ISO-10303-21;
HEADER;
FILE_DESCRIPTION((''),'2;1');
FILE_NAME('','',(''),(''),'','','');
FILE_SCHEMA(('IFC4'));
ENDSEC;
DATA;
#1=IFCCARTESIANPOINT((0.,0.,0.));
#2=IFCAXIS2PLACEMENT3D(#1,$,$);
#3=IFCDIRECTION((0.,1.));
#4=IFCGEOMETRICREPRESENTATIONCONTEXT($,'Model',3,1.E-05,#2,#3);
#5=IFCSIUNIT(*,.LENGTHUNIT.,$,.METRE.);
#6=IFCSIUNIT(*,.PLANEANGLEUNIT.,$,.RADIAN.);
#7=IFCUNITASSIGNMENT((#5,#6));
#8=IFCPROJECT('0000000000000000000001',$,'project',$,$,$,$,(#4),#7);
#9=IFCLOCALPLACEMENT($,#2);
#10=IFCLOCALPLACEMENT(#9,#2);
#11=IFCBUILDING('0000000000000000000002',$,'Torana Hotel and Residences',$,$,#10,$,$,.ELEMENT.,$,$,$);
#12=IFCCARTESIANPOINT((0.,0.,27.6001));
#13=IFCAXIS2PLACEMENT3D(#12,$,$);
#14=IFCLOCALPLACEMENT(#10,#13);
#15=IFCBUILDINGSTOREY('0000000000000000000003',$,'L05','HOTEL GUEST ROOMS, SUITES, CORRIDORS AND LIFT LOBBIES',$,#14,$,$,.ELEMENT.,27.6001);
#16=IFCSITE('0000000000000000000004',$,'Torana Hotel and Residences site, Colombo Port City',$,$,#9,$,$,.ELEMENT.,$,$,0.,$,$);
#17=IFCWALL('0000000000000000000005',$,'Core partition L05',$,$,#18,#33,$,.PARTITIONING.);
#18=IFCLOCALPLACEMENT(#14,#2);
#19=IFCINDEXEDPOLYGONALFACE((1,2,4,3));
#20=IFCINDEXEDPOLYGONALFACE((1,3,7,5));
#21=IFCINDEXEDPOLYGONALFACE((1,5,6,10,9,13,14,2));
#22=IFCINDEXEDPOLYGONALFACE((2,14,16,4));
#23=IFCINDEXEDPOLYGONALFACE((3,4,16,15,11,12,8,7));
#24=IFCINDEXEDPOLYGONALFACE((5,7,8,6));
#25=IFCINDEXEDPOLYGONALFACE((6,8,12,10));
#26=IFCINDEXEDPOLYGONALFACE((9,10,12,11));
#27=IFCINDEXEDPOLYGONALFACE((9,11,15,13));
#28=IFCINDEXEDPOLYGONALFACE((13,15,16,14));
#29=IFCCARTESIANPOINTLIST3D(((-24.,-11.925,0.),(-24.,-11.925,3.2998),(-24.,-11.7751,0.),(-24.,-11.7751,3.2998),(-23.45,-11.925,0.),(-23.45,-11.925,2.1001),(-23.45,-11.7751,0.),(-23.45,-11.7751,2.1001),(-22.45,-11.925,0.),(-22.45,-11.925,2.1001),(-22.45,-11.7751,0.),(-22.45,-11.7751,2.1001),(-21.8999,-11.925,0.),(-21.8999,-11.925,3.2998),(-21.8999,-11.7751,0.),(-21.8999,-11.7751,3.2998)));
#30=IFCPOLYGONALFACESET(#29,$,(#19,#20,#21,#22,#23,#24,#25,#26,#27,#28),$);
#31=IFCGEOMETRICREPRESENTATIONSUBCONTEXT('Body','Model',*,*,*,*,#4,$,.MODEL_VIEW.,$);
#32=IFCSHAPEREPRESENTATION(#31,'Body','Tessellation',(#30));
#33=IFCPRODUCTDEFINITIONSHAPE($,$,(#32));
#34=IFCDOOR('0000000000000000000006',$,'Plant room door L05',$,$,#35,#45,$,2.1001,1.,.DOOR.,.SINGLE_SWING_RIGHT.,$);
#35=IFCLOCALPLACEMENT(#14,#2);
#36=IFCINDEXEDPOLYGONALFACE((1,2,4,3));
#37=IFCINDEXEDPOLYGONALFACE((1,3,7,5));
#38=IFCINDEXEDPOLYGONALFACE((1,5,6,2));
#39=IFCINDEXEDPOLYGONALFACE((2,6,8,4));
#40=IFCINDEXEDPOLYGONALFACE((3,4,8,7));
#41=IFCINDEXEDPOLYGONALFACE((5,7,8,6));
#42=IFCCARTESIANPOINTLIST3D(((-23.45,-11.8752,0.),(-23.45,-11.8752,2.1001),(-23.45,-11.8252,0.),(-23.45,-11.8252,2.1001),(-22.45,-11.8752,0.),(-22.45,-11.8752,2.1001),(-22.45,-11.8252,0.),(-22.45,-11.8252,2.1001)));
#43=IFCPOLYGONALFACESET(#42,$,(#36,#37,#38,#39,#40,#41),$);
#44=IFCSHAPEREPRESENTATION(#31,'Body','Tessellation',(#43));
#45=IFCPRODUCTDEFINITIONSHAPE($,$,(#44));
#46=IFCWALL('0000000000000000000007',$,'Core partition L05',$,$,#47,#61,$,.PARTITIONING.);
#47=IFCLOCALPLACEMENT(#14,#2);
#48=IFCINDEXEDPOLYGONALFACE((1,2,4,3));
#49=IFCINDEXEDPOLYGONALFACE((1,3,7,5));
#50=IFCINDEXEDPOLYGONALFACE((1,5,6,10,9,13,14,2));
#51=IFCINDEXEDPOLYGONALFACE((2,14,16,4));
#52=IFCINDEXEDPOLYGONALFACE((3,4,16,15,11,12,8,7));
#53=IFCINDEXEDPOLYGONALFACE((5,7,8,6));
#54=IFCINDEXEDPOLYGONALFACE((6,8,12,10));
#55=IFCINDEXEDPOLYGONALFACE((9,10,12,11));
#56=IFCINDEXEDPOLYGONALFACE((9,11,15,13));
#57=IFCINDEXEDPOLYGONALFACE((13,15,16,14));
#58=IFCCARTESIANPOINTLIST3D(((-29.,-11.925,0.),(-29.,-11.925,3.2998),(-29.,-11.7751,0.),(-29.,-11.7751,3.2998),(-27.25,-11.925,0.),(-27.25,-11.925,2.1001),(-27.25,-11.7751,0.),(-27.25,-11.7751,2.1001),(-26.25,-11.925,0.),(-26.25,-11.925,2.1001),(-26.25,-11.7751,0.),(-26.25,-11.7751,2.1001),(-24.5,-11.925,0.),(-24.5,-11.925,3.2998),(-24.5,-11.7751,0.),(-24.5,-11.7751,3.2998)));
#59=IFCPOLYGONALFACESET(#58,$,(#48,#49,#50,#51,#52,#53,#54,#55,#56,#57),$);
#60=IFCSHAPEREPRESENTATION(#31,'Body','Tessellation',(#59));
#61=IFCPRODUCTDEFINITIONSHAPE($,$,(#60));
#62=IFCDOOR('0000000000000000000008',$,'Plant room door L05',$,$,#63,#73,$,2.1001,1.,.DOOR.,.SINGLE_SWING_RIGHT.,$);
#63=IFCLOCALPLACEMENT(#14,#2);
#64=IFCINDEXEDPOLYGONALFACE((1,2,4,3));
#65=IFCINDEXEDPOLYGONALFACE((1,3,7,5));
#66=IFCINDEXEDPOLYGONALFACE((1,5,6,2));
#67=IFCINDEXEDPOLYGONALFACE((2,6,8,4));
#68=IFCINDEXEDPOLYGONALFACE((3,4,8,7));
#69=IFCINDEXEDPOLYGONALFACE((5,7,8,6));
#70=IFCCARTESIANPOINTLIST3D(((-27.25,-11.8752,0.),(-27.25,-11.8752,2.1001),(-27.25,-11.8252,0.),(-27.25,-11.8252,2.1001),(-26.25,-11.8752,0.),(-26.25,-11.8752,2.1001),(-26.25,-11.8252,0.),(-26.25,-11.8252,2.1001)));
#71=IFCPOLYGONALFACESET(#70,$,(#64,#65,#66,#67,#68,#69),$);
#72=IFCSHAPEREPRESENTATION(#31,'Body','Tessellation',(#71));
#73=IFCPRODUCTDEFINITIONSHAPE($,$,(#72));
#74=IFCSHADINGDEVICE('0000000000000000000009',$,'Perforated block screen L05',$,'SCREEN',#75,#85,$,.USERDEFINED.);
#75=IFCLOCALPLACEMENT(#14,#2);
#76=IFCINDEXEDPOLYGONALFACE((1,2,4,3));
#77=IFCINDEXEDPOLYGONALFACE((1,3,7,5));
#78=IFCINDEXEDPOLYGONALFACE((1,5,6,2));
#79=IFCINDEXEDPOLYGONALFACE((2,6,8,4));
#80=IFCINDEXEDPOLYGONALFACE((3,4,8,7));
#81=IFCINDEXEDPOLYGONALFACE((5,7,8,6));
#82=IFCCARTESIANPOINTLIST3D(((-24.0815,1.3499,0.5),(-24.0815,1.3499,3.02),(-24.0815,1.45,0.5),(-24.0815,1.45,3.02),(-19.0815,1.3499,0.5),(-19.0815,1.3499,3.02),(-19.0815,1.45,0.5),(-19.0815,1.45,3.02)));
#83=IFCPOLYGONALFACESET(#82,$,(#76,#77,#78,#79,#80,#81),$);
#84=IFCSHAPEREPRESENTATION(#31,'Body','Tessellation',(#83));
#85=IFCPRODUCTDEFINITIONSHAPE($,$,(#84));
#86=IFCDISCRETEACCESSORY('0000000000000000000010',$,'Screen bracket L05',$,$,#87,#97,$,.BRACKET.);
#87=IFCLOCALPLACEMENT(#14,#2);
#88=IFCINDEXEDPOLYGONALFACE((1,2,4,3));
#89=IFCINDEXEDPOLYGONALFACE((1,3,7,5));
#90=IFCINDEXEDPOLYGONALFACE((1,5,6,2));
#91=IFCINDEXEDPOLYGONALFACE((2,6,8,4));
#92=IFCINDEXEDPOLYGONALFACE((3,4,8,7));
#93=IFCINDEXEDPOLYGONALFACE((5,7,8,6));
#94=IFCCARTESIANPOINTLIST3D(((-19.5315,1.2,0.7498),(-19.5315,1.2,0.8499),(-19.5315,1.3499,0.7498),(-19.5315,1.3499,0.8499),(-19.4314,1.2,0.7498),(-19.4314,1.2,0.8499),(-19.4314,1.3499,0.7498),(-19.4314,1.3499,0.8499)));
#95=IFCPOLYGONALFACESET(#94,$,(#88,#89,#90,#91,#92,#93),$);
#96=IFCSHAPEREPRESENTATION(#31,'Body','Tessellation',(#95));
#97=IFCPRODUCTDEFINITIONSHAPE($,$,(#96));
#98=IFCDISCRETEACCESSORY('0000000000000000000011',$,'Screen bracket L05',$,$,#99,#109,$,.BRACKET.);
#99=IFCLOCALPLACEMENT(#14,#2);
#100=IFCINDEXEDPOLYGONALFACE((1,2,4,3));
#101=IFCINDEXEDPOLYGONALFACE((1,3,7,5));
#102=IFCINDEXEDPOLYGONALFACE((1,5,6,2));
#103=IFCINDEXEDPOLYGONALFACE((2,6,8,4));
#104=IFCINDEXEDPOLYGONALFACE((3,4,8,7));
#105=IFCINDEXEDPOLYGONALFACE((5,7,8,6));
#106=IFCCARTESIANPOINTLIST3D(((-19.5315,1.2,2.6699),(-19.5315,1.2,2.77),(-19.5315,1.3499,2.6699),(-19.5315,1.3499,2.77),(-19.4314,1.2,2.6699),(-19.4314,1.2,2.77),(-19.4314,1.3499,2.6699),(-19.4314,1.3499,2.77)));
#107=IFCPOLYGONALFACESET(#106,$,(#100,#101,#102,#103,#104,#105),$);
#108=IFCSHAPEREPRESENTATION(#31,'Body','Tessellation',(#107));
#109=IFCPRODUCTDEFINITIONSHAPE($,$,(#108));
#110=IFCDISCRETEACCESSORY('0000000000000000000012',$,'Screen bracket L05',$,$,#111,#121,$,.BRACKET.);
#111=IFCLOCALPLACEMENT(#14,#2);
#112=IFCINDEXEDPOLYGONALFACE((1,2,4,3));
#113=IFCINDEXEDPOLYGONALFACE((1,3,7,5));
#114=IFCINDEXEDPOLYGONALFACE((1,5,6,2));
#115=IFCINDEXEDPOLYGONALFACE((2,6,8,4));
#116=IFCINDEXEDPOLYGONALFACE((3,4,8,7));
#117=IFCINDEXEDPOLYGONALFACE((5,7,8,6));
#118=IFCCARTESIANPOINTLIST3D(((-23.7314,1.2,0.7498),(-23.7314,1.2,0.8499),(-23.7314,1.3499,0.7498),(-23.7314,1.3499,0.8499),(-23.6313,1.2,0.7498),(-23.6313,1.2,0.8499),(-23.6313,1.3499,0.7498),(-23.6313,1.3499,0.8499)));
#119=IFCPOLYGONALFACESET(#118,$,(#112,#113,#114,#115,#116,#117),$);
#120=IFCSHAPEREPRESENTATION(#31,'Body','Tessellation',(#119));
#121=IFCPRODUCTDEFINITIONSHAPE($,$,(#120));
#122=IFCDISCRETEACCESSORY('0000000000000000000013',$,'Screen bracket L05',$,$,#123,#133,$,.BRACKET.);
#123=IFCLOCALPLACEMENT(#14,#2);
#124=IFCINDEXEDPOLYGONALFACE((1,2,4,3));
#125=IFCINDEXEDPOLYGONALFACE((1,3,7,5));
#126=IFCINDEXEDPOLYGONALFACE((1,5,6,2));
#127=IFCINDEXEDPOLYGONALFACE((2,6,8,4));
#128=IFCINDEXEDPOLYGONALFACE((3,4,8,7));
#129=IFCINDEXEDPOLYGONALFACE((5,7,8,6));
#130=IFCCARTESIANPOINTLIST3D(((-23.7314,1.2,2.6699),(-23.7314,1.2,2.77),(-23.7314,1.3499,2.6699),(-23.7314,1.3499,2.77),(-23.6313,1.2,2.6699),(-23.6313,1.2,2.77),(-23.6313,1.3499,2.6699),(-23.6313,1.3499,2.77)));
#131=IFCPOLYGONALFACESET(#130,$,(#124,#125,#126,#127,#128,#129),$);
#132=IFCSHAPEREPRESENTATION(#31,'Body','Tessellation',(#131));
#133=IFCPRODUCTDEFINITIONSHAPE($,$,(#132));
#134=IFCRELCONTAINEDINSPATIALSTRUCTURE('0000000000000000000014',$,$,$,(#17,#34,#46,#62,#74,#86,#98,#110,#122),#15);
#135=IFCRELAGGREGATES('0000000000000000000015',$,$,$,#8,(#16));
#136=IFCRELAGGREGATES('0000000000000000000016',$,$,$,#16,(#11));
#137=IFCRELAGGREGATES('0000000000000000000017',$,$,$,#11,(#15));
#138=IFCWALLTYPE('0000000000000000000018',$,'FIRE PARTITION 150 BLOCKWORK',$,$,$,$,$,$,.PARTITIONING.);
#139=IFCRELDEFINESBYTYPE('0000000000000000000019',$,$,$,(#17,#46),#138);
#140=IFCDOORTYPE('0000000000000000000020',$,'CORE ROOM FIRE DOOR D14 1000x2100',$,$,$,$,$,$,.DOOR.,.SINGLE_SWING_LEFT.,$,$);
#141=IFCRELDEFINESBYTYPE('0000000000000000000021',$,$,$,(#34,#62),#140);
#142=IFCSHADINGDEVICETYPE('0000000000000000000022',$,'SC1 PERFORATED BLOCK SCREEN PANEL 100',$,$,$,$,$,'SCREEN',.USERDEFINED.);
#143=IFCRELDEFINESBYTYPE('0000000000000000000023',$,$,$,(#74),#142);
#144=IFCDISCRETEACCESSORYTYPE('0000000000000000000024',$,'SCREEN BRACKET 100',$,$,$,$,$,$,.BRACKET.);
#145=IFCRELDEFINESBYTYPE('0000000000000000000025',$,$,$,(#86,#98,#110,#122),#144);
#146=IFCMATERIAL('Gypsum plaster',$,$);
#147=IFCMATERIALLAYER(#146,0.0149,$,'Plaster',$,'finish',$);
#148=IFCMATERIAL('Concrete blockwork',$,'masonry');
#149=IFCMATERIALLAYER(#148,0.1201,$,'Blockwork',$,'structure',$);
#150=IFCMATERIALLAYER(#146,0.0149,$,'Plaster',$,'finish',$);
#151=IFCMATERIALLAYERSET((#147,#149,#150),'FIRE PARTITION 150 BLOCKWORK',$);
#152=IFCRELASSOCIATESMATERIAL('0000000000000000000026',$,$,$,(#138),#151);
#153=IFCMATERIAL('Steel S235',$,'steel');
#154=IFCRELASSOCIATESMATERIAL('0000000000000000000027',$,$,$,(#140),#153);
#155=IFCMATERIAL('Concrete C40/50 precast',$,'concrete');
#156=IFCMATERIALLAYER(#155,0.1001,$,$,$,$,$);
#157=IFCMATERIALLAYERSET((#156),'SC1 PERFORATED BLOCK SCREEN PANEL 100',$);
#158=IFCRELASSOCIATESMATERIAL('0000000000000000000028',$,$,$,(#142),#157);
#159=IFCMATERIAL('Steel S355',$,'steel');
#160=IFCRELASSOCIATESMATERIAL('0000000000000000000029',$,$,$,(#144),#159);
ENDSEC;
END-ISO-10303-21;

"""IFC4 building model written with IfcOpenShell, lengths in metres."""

from ifc_helpers import new_model, si_unit, direction, frame, frame_2d, origin, origin_2d, place, context, subcontext, project, spatial, rectangle, extrude, material, layer, layer_set, type_object, element, fill, save


model = new_model("IFC4")

# Units and contexts
model_context = context("Model", 3, precision=1e-05, world=origin(), true_north=direction((0.0, 1.0)))
body_context = subcontext(model_context, "Body", "Model", "MODEL_VIEW")
ifc_project = project(units=[si_unit("LENGTHUNIT", "METRE"), si_unit("PLANEANGLEUNIT", "RADIAN")], contexts=[model_context])

# Site, building, storey
site_placement = place(None, origin())
site = spatial("IfcSite", under=ifc_project, at=site_placement, Name="Torana Hotel and Residences site, Colombo Port City", CompositionType="ELEMENT", RefElevation=0.0)
building_placement = place(site_placement, origin())
building = spatial("IfcBuilding", under=site, at=building_placement, Name="Torana Hotel and Residences", CompositionType="ELEMENT")
storey_placement = place(building_placement, frame((0.0, 0.0, 27.6001)))
storey = spatial("IfcBuildingStorey", under=building, at=storey_placement, Name="L05", Description="HOTEL GUEST ROOMS, SUITES, CORRIDORS AND LIFT LOBBIES", CompositionType="ELEMENT", Elevation=27.6001)

# Walls, openings, doors
ifc_material_1 = material(Name="Gypsum plaster")
ifc_layer_1 = layer(ifc_material_1, 0.0149, Name="Plaster", Category="finish")
ifc_material_2 = material(Name="Concrete blockwork", Category="masonry")
ifc_layer_2 = layer(ifc_material_2, 0.1201, Name="Blockwork", Category="structure")
ifc_layer_3 = layer(ifc_material_1, 0.0149, Name="Plaster", Category="finish")
ifc_layer_set_1 = layer_set([ifc_layer_1, ifc_layer_2, ifc_layer_3], Name="FIRE PARTITION 150 BLOCKWORK")
wall_type_1 = type_object("IfcWallType", Name="FIRE PARTITION 150 BLOCKWORK", PredefinedType="PARTITIONING", material=ifc_layer_set_1)
wall_1_placement = place(storey_placement, frame((-24.0, -11.8501, 0.0), z_axis=(0.0, 0.0, 1.0), x_axis=(1.0, 0.0, 0.0)))
wall_1 = element("IfcWall", 1, at=wall_1_placement, inside=storey, type_object=wall_type_1, Name="Core partition L05", PredefinedType="PARTITIONING", context=body_context, shape_type="SweptSolid", body=[
    extrude(rectangle(XDim=2.1001, YDim=0.1499, at=frame_2d((1.05, 0.0))), origin(), (0.0, 0.0, 1.0), 3.2998),
])
opening_1_placement = place(wall_1_placement, frame((0.55, 0.0, 0.0)))
opening_1 = element("IfcOpeningElement", 2, at=opening_1_placement, cuts=wall_1, PredefinedType="OPENING", context=body_context, shape_type="SweptSolid", body=[
    extrude(rectangle(XDim=1.0, YDim=2.1001, at=frame_2d((0.5, 1.05))), frame((0.0, 0.085, 0.0), z_axis=(0.0, -1.0, 0.0), x_axis=(1.0, 0.0, 0.0)), (0.0, 0.0, 1.0), 0.1699),
])
ifc_material_3 = material(Name="Steel S235", Category="steel")
door_type = type_object("IfcDoorType", Name="CORE ROOM FIRE DOOR D14 1000x2100", OperationType="SINGLE_SWING_LEFT", PredefinedType="DOOR", material=ifc_material_3)
door_1_placement = place(opening_1_placement, origin())
door_1 = element("IfcDoor", 3, at=door_1_placement, inside=storey, type_object=door_type, Name="Plant room door L05", OperationType="SINGLE_SWING_RIGHT", OverallHeight=2.1001, OverallWidth=1.0, PredefinedType="DOOR", context=body_context, shape_type="SweptSolid", body=[
    extrude(rectangle(XDim=1.0, YDim=2.1001, at=frame_2d((0.5, 1.05))), frame((0.0, 0.0249, 0.0), z_axis=(0.0, -1.0, 0.0), x_axis=(1.0, 0.0, 0.0)), (0.0, 0.0, 1.0), 0.05),
])
fill(opening_1, door_1)
wall_2_placement = place(storey_placement, frame((-29.0, -11.8501, 0.0), z_axis=(0.0, 0.0, 1.0), x_axis=(1.0, 0.0, 0.0)))
wall_2 = element("IfcWall", 4, at=wall_2_placement, inside=storey, type_object=wall_type_1, Name="Core partition L05", PredefinedType="PARTITIONING", context=body_context, shape_type="SweptSolid", body=[
    extrude(rectangle(XDim=4.5, YDim=0.1499, at=frame_2d((2.25, 0.0))), origin(), (0.0, 0.0, 1.0), 3.2998),
])
opening_2_placement = place(wall_2_placement, frame((1.75, 0.0, 0.0)))
opening_2 = element("IfcOpeningElement", 5, at=opening_2_placement, cuts=wall_2, PredefinedType="OPENING", context=body_context, shape_type="SweptSolid", body=[
    extrude(rectangle(XDim=1.0, YDim=2.1001, at=frame_2d((0.5, 1.05))), frame((0.0, 0.085, 0.0), z_axis=(0.0, -1.0, 0.0), x_axis=(1.0, 0.0, 0.0)), (0.0, 0.0, 1.0), 0.1699),
])
door_2_placement = place(opening_2_placement, origin())
door_2 = element("IfcDoor", 6, at=door_2_placement, inside=storey, type_object=door_type, Name="Plant room door L05", OperationType="SINGLE_SWING_RIGHT", OverallHeight=2.1001, OverallWidth=1.0, PredefinedType="DOOR", context=body_context, shape_type="SweptSolid", body=[
    extrude(rectangle(XDim=1.0, YDim=2.1001, at=frame_2d((0.5, 1.05))), frame((0.0, 0.0249, 0.0), z_axis=(0.0, -1.0, 0.0), x_axis=(1.0, 0.0, 0.0)), (0.0, 0.0, 1.0), 0.05),
])
fill(opening_2, door_2)

# Shading device
ifc_material_4 = material(Name="Concrete C40/50 precast", Category="concrete")
ifc_layer_4 = layer(ifc_material_4, 0.1001)
ifc_layer_set_2 = layer_set([ifc_layer_4], Name="SC1 PERFORATED BLOCK SCREEN PANEL 100")
shading_device_type = type_object("IfcShadingDeviceType", Name="SC1 PERFORATED BLOCK SCREEN PANEL 100", ElementType="SCREEN", PredefinedType="USERDEFINED", material=ifc_layer_set_2)
shading_device_placement = place(storey_placement, frame((-21.5815, 1.3999, 0.5), z_axis=(0.0, 0.0, 1.0), x_axis=(-1.0, 0.0, 0.0)))
element("IfcShadingDevice", 7, at=shading_device_placement, inside=storey, type_object=shading_device_type, Name="Perforated block screen L05", ObjectType="SCREEN", PredefinedType="USERDEFINED", context=body_context, shape_type="SweptSolid", body=[
    extrude(rectangle(XDim=5.0, YDim=0.1001, at=origin_2d()), origin(), (0.0, 0.0, 1.0), 2.52),
])

# Discrete accessories
ifc_material_5 = material(Name="Steel S355", Category="steel")
discrete_accessory_type = type_object("IfcDiscreteAccessoryType", Name="SCREEN BRACKET 100", PredefinedType="BRACKET", material=ifc_material_5)
for number, where, z_axis, x_axis, name in (
    (8, (-19.4814, 1.2749, 0.7498), (0.0, 0.0, 1.0), (-1.0, 0.0, 0.0), "Screen bracket L05"),
    (9, (-19.4814, 1.2749, 2.6699), (0.0, 0.0, 1.0), (-1.0, 0.0, 0.0), "Screen bracket L05"),
    (10, (-23.6814, 1.2749, 0.7498), (0.0, 0.0, 1.0), (-1.0, 0.0, 0.0), "Screen bracket L05"),
    (11, (-23.6814, 1.2749, 2.6699), (0.0, 0.0, 1.0), (-1.0, 0.0, 0.0), "Screen bracket L05"),
):
    element("IfcDiscreteAccessory", number, at=place(storey_placement, frame(where, z_axis=z_axis, x_axis=x_axis)), inside=storey, type_object=discrete_accessory_type, Name=name, PredefinedType="BRACKET", context=body_context, shape_type="SweptSolid", body=[
        extrude(rectangle(XDim=0.1001, YDim=0.1499, at=origin_2d()), origin(), (0.0, 0.0, 1.0), 0.1001),
    ])

save(model, "model.ifc")
